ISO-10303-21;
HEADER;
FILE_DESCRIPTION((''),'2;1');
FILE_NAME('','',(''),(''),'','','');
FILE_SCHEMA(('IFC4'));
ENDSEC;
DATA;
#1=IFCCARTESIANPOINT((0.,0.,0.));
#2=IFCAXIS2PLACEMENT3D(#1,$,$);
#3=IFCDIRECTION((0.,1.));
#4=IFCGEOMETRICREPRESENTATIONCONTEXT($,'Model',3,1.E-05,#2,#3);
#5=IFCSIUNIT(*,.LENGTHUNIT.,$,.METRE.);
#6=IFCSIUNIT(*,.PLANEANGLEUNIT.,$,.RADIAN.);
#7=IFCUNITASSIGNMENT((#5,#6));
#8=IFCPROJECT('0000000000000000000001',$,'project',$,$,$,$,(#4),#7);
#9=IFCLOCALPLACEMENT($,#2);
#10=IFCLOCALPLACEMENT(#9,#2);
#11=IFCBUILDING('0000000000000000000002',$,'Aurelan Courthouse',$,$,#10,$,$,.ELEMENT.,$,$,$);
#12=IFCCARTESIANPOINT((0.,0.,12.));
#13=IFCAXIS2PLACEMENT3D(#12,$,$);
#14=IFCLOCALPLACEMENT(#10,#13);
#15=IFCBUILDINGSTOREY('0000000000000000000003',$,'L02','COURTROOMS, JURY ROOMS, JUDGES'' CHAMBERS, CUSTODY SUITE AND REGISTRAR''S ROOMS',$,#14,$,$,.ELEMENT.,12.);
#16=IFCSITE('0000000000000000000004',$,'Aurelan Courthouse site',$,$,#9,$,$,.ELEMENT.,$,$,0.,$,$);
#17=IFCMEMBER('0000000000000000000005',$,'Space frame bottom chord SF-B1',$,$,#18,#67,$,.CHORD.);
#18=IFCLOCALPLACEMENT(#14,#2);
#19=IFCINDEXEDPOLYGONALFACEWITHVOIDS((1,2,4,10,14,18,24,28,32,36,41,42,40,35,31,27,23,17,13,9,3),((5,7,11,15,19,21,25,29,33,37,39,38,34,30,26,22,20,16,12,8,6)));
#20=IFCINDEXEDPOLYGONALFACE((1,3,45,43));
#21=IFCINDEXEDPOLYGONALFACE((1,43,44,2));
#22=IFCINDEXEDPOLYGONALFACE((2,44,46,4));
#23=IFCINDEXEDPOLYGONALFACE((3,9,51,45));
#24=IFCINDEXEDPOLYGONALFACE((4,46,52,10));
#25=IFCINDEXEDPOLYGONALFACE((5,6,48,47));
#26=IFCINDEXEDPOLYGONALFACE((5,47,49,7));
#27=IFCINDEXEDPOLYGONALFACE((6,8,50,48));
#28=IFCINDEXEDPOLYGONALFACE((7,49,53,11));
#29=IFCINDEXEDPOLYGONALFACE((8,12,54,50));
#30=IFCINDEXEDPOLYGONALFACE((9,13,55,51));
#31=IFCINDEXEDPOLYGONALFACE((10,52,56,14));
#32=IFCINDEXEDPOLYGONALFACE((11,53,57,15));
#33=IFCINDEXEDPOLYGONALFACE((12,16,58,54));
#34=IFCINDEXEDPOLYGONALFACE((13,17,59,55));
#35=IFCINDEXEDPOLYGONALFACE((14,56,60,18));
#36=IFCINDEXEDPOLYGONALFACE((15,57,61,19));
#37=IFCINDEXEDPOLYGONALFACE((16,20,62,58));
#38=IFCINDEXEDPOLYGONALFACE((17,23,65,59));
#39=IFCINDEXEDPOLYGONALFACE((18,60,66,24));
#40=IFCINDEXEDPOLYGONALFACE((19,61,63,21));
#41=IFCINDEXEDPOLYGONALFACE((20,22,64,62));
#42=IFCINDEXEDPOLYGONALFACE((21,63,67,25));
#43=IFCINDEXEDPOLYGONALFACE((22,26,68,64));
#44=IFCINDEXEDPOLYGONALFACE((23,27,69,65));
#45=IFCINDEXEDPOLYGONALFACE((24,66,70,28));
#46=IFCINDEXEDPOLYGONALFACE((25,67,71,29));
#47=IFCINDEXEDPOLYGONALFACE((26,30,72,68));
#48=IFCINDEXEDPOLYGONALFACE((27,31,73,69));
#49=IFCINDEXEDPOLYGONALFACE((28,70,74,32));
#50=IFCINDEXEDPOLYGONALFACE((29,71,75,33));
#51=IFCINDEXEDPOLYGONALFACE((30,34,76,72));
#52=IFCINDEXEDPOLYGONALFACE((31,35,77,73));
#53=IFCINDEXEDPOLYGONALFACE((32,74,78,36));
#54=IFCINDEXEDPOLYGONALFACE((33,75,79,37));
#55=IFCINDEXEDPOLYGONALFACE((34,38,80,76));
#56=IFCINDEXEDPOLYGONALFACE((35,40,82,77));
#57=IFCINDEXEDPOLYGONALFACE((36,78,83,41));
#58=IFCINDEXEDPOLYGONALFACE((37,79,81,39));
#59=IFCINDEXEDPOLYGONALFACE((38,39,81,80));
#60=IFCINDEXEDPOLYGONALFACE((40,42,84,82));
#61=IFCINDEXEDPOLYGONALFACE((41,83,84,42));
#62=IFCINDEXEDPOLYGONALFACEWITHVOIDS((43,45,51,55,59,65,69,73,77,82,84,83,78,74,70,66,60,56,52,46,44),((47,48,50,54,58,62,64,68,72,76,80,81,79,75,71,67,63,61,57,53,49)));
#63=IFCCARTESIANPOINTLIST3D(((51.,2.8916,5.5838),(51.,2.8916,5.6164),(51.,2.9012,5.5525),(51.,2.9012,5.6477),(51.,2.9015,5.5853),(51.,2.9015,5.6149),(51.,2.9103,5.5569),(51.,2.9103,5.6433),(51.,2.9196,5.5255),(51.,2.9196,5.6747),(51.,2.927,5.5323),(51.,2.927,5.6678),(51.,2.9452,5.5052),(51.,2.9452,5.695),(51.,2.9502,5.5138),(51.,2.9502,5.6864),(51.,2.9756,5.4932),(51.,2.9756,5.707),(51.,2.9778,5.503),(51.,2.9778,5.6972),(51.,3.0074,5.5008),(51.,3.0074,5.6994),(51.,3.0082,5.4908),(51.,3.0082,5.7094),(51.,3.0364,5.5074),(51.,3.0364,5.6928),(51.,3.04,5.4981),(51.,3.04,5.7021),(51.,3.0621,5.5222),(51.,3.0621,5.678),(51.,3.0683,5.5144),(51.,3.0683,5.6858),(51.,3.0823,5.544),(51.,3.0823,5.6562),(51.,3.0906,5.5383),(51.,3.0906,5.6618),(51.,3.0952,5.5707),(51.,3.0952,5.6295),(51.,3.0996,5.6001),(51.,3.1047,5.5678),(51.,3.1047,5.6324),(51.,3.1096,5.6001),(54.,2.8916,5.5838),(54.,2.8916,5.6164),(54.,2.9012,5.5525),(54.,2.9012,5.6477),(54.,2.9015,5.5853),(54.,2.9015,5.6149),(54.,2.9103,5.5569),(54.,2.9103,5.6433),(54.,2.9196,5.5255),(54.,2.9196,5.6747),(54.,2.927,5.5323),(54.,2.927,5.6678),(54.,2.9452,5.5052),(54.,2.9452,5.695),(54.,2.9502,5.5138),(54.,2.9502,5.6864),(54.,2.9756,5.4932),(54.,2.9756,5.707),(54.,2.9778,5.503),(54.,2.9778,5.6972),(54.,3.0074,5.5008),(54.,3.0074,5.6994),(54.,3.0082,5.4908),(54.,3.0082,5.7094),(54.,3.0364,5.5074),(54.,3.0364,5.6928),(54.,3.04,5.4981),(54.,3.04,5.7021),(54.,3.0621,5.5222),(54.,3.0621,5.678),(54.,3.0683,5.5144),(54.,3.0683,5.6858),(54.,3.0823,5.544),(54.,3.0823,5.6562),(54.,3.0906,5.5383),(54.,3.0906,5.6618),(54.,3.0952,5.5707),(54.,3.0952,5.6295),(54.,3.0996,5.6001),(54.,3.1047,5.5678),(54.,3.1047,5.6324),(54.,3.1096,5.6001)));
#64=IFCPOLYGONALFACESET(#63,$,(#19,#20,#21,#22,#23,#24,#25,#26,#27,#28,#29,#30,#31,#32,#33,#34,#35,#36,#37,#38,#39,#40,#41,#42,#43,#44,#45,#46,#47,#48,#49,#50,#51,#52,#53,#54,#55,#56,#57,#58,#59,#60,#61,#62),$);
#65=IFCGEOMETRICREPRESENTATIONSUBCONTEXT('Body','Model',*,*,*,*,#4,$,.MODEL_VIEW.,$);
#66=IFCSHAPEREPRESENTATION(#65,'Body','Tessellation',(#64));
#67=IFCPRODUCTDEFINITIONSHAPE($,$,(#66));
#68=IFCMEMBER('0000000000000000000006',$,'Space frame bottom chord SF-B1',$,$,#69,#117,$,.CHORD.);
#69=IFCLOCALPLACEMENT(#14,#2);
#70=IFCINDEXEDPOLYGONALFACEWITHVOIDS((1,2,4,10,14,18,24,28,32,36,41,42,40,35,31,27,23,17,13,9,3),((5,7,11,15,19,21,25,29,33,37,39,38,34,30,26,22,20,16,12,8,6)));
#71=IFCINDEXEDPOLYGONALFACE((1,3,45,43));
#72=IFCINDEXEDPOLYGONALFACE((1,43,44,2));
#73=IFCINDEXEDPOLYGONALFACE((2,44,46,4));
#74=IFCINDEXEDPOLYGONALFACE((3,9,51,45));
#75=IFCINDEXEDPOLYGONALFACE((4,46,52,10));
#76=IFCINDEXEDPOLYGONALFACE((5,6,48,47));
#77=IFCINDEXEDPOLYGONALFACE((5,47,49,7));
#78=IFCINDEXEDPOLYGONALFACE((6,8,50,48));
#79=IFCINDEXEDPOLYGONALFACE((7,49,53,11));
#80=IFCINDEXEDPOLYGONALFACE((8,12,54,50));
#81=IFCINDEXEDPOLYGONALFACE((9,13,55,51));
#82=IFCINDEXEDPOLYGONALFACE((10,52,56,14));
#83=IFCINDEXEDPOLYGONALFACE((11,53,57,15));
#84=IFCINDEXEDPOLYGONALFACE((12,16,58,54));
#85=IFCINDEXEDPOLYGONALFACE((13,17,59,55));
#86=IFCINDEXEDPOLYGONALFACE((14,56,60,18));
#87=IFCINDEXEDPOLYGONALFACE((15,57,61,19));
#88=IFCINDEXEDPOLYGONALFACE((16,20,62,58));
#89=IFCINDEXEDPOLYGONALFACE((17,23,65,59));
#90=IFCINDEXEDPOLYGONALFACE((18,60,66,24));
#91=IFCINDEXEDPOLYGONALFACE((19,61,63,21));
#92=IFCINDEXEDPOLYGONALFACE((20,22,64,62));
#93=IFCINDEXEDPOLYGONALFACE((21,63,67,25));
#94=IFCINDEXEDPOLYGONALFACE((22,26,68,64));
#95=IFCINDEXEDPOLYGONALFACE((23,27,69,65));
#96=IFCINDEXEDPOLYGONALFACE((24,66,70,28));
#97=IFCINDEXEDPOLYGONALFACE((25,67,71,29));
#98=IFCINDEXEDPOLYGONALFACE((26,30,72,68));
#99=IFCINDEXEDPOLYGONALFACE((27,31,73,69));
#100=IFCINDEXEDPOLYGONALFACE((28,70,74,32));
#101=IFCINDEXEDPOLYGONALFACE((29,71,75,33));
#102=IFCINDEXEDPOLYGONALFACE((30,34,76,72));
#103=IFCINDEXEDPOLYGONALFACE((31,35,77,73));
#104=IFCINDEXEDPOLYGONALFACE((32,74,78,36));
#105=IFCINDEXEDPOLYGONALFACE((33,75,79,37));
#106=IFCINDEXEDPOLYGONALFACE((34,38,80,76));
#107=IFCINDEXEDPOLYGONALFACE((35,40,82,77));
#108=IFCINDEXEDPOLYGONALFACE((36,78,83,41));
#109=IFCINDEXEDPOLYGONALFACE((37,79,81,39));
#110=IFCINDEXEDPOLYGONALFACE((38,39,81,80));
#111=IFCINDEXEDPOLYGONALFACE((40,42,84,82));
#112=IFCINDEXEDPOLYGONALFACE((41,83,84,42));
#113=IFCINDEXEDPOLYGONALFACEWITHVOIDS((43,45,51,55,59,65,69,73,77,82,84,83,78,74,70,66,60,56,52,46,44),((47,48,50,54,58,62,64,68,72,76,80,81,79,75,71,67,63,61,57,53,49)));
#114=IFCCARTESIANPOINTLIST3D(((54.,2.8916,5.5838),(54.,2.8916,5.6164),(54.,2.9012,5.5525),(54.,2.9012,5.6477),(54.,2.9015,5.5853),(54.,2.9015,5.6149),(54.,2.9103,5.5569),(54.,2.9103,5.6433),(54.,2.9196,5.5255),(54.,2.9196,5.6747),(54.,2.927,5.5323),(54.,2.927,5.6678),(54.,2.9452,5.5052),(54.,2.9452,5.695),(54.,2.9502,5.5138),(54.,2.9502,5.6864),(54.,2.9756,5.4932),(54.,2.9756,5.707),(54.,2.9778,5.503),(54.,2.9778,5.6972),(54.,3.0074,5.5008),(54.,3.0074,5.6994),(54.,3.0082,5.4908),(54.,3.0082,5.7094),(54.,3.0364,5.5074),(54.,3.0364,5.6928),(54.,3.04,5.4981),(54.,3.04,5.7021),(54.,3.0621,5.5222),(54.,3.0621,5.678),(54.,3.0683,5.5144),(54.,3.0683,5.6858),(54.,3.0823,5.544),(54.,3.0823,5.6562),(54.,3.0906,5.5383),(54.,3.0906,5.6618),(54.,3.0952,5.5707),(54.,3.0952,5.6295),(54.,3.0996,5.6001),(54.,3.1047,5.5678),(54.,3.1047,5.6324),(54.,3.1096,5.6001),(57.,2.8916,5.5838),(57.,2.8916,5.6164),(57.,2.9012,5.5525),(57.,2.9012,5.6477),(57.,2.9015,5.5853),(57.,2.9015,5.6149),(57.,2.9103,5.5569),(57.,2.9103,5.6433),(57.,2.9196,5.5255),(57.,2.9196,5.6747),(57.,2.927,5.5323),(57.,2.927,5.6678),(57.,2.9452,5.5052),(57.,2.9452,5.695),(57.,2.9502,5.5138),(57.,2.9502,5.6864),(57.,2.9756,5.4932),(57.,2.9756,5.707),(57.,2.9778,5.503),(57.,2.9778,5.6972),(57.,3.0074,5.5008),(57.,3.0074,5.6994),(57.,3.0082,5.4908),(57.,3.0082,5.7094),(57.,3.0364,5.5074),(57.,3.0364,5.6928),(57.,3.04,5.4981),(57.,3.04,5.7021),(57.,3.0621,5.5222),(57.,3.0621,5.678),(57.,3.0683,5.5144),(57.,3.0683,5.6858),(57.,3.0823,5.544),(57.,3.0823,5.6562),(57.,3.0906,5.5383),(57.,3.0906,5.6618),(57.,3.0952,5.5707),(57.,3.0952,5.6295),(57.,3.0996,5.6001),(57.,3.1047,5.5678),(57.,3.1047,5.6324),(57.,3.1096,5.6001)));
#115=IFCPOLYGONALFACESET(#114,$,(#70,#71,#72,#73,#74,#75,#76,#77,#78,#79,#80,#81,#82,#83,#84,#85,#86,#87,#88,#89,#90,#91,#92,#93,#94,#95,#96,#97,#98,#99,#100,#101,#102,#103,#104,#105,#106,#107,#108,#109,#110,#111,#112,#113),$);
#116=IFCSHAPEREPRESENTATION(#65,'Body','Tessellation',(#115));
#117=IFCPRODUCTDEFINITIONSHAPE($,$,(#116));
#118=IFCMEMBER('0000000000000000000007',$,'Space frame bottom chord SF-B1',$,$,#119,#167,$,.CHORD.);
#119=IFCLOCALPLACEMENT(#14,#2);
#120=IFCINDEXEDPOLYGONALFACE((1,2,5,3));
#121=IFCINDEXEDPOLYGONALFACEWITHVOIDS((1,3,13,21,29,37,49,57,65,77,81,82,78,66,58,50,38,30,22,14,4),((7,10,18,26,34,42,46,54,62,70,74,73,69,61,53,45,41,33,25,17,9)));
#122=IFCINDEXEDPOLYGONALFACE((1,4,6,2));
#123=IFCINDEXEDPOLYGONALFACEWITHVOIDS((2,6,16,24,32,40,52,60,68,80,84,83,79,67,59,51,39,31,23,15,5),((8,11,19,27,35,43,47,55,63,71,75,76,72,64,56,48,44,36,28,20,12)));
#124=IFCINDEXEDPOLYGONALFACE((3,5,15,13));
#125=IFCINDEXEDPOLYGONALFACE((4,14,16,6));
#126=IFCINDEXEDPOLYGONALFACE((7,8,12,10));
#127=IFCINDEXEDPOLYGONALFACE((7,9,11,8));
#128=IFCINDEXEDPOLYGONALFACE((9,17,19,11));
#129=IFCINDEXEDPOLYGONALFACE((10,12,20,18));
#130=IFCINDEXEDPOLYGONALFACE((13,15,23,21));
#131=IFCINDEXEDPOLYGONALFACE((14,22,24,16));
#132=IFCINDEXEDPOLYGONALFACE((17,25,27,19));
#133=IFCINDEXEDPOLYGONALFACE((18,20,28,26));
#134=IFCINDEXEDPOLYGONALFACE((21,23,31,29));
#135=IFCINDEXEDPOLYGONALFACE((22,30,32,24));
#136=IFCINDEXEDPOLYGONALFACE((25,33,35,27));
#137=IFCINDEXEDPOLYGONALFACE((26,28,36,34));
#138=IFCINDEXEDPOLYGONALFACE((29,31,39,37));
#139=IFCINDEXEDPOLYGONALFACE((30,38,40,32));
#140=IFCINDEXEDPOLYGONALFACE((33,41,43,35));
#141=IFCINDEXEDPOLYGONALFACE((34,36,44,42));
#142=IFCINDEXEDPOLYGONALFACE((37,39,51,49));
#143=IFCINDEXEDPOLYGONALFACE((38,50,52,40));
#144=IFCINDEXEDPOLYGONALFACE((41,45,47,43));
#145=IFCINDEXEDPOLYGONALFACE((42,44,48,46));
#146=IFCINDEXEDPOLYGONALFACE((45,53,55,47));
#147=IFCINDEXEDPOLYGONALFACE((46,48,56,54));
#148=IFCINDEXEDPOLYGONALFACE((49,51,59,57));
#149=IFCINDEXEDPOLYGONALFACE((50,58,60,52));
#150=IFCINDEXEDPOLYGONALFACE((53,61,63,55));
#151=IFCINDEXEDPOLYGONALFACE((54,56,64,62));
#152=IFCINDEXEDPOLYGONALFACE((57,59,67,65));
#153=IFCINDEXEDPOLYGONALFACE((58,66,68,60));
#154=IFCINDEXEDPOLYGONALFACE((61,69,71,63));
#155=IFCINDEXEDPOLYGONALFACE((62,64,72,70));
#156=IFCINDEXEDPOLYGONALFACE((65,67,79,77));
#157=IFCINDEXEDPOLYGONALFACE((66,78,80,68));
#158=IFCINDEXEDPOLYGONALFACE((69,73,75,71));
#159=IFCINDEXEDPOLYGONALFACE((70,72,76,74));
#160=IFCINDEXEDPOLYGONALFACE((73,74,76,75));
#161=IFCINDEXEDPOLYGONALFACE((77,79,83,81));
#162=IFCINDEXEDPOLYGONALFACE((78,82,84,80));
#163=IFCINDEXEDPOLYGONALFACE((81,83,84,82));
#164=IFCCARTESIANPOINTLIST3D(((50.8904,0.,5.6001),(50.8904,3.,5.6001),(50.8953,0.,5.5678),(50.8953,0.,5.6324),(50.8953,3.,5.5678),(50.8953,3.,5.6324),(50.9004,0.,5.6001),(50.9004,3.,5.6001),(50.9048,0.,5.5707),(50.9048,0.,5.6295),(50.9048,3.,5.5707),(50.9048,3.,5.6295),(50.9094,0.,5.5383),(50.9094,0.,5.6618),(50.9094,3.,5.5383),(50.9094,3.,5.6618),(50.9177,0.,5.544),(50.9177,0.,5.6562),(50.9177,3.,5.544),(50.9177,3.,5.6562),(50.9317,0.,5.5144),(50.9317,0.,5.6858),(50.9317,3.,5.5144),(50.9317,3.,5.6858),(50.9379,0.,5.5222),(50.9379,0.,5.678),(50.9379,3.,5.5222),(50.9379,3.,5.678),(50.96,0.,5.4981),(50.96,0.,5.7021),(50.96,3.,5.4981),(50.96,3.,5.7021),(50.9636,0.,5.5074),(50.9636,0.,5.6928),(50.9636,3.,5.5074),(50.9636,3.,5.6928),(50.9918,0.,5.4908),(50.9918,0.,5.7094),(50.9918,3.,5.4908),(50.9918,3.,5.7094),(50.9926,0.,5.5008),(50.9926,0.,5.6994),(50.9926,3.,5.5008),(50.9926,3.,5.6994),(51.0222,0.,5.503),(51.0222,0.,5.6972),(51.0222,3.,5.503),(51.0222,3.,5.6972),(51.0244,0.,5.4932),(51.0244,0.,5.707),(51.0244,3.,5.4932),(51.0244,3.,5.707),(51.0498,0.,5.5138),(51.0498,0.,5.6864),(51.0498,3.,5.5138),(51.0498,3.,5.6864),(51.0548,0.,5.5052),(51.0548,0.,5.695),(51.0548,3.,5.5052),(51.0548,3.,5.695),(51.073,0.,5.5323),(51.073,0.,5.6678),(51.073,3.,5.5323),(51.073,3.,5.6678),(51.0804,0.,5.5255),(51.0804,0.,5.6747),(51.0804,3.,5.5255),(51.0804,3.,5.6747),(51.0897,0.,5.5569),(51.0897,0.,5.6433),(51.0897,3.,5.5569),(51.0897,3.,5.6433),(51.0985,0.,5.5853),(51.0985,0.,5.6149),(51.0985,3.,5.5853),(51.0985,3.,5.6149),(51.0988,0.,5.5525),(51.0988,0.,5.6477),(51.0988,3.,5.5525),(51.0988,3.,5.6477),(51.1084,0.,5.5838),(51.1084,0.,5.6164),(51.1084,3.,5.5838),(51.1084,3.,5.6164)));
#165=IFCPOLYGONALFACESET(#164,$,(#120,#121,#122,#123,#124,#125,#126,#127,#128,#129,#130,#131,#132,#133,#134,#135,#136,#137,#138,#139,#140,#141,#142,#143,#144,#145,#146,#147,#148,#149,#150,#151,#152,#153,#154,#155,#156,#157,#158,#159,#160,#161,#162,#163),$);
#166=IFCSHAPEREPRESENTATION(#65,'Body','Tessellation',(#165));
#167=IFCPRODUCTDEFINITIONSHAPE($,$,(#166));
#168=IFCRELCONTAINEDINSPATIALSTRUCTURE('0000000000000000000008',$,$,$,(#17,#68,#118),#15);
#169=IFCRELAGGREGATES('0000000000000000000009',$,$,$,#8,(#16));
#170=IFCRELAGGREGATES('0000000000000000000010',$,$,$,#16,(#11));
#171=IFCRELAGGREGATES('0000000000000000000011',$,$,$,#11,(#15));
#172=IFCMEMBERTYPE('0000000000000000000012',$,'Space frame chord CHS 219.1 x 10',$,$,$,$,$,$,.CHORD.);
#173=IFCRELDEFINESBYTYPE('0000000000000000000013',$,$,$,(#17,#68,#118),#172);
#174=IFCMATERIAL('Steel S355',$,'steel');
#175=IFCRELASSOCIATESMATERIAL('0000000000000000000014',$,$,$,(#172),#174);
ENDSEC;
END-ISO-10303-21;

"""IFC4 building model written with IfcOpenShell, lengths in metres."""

from ifc_helpers import new_model, si_unit, direction, frame, origin, origin_2d, place, context, subcontext, project, spatial, hollow_circle, extrude, material, material_profile, profile_set, type_object, element, save


model = new_model("IFC4")

# Units and contexts
model_context = context("Model", 3, precision=1e-05, world=origin(), true_north=direction((0.0, 1.0)))
body_context = subcontext(model_context, "Body", "Model", "MODEL_VIEW")
ifc_project = project(units=[si_unit("LENGTHUNIT", "METRE"), si_unit("PLANEANGLEUNIT", "RADIAN")], contexts=[model_context])

# Site, building, storey
site_placement = place(None, origin())
site = spatial("IfcSite", under=ifc_project, at=site_placement, Name="Aurelan Courthouse site", CompositionType="ELEMENT", RefElevation=0.0)
building_placement = place(site_placement, origin())
building = spatial("IfcBuilding", under=site, at=building_placement, Name="Aurelan Courthouse", CompositionType="ELEMENT")
storey_placement = place(building_placement, frame((0.0, 0.0, 12.0)))
storey = spatial("IfcBuildingStorey", under=building, at=storey_placement, Name="L02", Description="COURTROOMS, JURY ROOMS, JUDGES' CHAMBERS, CUSTODY SUITE AND REGISTRAR'S ROOMS", CompositionType="ELEMENT", Elevation=12.0)

# Members
ifc_material_1 = material(Name="Steel S355", Category="steel")
ifc_material_profile_1 = material_profile(ifc_material_1, hollow_circle(Radius=0.1096, WallThickness=0.01, at=origin_2d()), Name="CHS 219.1 x 10")
ifc_profile_set_1 = profile_set([ifc_material_profile_1], Name="Steel S355")
member_type_1 = type_object("IfcMemberType", Name="Space frame chord CHS 219.1 x 10", PredefinedType="CHORD", material=ifc_profile_set_1)
for number, where, z_axis, x_axis, name in (
    (1, (51.0, 3.0, 5.6001), (1.0, 0.0, 0.0), (0.0, 1.0, 0.0), "Space frame bottom chord SF-B1"),
    (2, (54.0, 3.0, 5.6001), (1.0, 0.0, 0.0), (0.0, 1.0, 0.0), "Space frame bottom chord SF-B1"),
    (3, (51.0, 0.0, 5.6001), (0.0, 1.0, 0.0), (-1.0, 0.0, 0.0), "Space frame bottom chord SF-B1"),
):
    element("IfcMember", number, at=place(storey_placement, frame(where, z_axis=z_axis, x_axis=x_axis)), inside=storey, type_object=member_type_1, Name=name, PredefinedType="CHORD", context=body_context, shape_type="SweptSolid", body=[
        extrude(hollow_circle(Radius=0.1096, WallThickness=0.01, at=origin_2d()), origin(), (0.0, 0.0, 1.0), 3.0),
    ])

save(model, "model.ifc")
